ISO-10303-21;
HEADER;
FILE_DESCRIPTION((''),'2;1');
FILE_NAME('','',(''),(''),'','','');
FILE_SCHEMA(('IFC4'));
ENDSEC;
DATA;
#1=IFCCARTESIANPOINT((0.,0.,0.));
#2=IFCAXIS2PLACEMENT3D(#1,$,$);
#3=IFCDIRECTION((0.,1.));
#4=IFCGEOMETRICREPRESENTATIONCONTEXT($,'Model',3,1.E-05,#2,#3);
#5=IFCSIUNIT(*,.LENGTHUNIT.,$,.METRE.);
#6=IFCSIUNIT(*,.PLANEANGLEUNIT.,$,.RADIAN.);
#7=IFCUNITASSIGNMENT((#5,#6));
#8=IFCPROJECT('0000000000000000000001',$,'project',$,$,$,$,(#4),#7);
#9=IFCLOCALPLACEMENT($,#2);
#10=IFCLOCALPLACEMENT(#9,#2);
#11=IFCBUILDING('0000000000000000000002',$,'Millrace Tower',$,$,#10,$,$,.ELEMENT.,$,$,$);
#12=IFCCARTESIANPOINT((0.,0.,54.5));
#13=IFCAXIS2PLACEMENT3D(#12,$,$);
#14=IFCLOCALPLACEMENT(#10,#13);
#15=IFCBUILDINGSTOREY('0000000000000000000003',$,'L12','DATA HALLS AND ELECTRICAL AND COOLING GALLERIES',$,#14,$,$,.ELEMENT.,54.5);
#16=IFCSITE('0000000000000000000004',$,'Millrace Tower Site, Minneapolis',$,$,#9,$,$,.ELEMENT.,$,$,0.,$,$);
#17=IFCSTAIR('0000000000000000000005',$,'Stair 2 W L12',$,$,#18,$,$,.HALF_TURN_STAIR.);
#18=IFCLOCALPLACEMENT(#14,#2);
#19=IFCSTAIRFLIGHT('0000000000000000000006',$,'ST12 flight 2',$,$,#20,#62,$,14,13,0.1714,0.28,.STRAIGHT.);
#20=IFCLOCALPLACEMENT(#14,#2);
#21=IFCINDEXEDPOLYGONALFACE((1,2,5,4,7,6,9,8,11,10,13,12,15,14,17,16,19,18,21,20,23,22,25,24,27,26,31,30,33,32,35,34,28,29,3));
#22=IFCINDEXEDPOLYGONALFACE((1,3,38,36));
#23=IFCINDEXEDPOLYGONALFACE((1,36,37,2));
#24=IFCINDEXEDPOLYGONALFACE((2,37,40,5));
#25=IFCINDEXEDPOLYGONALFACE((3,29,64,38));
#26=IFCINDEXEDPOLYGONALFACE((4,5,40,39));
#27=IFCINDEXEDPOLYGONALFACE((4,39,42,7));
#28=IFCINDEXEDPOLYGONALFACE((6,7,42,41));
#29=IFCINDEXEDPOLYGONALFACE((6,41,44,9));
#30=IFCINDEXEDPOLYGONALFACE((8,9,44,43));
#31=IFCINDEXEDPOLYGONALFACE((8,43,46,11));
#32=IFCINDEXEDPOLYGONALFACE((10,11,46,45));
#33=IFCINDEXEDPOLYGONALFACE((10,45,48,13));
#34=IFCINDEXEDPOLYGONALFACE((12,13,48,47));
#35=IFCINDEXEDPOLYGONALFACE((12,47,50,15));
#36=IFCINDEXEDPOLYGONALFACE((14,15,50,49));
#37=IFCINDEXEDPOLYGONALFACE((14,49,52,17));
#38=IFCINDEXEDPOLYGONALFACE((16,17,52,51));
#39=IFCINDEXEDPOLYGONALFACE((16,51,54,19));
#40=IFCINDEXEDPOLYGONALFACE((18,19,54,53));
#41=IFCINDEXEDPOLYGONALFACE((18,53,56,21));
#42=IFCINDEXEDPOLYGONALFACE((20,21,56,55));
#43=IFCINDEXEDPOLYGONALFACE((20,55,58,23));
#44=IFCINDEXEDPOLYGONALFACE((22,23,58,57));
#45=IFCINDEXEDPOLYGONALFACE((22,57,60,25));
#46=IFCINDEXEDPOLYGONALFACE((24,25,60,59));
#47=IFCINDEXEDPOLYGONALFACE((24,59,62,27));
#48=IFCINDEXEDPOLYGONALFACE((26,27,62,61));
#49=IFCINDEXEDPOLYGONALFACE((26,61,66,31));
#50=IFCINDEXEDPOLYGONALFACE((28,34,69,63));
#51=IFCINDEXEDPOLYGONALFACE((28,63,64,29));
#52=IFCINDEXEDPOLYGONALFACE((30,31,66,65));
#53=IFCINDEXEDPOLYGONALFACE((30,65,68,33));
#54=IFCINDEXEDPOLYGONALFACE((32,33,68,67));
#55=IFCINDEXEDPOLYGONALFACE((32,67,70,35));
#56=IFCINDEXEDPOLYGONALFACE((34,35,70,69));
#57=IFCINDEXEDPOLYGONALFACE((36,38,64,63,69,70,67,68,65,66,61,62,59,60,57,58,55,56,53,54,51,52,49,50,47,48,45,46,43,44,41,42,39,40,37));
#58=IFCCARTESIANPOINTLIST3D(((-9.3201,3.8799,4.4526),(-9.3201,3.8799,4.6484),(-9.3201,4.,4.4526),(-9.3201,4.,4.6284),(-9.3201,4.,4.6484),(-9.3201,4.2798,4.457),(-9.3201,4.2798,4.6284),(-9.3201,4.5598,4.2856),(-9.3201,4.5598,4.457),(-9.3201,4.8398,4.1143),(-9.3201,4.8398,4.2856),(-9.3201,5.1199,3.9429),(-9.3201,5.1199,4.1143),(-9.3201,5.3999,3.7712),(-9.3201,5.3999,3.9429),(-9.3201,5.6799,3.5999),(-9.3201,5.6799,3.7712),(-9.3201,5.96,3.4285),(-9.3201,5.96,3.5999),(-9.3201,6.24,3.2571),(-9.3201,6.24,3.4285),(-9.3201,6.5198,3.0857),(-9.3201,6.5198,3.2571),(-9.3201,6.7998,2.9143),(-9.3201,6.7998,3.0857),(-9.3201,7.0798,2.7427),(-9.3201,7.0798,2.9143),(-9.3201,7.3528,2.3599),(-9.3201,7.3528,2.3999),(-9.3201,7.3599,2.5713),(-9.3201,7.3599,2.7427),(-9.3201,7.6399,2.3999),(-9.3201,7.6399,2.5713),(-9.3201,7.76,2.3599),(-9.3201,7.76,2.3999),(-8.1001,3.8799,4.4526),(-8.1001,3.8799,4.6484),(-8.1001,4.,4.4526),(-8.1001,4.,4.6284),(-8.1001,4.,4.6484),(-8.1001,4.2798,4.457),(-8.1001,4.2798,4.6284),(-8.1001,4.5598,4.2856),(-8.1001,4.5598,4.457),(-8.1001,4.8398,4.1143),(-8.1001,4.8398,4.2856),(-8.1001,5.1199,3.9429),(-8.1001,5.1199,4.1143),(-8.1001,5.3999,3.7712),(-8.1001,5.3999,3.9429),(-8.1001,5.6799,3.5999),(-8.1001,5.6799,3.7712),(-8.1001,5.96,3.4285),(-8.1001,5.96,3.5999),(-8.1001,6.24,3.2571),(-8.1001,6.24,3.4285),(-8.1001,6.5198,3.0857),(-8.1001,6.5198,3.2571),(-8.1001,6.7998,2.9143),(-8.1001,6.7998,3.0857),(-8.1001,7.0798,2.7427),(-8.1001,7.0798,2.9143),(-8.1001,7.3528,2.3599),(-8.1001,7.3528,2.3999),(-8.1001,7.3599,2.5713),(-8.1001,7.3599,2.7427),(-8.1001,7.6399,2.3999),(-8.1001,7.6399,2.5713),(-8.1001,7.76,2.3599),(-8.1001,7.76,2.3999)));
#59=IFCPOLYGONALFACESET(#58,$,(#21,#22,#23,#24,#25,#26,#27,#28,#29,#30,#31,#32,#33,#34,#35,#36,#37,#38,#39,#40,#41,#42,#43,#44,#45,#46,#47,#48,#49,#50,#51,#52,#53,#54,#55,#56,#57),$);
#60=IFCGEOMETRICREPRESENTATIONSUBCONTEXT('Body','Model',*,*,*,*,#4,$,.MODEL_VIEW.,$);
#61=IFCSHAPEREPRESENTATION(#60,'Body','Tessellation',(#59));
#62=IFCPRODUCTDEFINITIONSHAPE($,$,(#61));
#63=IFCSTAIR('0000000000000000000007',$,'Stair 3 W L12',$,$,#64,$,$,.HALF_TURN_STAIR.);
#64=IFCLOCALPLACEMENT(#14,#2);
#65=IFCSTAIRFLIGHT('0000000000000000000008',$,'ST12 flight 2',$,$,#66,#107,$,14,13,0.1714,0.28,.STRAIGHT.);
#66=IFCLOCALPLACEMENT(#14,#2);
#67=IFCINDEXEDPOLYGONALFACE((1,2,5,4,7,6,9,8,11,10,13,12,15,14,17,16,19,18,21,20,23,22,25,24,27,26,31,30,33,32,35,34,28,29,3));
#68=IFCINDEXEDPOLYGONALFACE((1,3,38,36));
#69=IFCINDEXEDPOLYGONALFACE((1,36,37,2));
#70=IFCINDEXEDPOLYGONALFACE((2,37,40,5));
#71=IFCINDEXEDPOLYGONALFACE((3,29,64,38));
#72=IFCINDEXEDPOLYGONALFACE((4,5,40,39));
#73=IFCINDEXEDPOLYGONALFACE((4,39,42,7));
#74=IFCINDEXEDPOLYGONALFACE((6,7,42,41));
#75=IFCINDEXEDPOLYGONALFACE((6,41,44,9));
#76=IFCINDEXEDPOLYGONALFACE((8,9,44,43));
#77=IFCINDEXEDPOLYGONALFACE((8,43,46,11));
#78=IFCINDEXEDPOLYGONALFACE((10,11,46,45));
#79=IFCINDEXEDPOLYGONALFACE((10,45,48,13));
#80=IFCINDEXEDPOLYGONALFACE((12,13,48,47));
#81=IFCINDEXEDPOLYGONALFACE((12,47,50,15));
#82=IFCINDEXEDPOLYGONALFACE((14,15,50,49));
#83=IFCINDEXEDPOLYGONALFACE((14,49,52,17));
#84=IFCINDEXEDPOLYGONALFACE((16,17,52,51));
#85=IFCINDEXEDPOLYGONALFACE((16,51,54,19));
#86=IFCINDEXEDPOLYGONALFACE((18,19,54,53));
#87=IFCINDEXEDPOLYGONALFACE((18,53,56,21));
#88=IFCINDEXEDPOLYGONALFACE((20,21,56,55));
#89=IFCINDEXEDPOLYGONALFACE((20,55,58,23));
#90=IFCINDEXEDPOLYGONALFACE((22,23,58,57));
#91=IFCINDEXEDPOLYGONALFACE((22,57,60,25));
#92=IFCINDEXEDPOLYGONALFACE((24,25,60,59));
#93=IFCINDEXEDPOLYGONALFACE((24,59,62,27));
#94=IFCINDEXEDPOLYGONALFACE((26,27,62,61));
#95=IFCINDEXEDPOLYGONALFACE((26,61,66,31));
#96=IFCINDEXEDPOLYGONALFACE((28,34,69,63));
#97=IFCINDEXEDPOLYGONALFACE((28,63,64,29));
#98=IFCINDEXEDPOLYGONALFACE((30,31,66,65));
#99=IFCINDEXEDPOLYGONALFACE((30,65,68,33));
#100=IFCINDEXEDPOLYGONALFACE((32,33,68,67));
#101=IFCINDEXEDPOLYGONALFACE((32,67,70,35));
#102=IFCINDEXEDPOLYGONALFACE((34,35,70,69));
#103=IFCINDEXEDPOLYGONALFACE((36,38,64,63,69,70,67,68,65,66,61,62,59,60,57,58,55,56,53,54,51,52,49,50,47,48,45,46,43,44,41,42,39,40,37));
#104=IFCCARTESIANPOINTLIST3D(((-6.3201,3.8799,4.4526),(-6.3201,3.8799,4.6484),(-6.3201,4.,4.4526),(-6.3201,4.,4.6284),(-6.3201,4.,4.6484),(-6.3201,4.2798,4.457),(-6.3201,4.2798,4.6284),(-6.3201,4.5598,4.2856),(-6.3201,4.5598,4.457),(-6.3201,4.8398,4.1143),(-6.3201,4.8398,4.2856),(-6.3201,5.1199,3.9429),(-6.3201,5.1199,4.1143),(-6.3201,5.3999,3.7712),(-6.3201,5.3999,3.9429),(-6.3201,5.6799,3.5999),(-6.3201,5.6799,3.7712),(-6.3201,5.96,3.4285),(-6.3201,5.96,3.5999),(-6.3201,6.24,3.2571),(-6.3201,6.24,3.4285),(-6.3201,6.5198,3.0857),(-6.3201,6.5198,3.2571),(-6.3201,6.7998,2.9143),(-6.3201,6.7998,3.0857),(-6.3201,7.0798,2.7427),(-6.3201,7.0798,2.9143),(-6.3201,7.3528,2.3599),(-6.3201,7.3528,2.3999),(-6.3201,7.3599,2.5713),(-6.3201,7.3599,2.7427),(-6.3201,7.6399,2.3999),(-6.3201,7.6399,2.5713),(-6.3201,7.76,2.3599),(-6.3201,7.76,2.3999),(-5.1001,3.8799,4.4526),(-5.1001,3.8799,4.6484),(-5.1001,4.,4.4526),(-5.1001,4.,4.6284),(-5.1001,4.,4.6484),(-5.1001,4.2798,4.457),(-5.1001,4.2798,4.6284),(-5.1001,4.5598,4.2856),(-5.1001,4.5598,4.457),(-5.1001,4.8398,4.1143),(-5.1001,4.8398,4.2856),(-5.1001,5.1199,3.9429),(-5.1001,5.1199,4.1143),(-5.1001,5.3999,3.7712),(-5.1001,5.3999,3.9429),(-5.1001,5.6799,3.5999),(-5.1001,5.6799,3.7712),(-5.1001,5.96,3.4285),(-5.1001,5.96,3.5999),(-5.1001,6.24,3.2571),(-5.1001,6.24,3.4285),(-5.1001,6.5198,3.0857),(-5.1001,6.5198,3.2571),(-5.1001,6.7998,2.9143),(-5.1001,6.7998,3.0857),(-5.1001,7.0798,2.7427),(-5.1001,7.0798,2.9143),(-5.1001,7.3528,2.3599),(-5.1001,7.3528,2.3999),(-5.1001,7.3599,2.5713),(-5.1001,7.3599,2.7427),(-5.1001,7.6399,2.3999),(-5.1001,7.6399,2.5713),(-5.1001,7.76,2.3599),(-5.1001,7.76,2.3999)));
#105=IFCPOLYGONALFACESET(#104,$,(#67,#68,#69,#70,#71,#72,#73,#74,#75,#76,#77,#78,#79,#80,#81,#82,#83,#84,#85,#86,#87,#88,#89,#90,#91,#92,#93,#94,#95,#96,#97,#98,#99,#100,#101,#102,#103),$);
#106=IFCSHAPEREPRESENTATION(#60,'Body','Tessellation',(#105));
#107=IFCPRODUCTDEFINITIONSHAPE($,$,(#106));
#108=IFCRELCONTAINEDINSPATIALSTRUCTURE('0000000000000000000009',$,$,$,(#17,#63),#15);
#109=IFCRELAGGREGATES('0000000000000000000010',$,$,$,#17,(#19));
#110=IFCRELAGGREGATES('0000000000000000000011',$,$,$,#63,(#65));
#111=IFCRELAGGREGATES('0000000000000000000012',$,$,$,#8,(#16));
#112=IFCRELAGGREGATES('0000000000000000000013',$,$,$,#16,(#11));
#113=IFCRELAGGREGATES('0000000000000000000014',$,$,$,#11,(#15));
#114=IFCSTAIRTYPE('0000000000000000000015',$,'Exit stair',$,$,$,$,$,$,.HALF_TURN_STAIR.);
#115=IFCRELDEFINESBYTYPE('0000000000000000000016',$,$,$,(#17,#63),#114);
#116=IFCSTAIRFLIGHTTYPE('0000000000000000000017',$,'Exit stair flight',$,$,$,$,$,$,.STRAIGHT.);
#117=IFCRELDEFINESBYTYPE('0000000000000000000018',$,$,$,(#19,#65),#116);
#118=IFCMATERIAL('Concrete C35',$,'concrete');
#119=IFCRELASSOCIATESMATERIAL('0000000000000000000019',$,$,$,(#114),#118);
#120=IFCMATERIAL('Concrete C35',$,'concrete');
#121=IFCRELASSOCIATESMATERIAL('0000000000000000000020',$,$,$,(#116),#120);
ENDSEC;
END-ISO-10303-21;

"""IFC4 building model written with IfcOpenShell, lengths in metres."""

from ifc_helpers import new_model, si_unit, direction, frame, origin, place, context, subcontext, project, spatial, polyline, outline, extrude, material, type_object, element, aggregate, save


model = new_model("IFC4")

# Units and contexts
model_context = context("Model", 3, precision=1e-05, world=origin(), true_north=direction((0.0, 1.0)))
body_context = subcontext(model_context, "Body", "Model", "MODEL_VIEW")
ifc_project = project(units=[si_unit("LENGTHUNIT", "METRE"), si_unit("PLANEANGLEUNIT", "RADIAN")], contexts=[model_context])

# Site, building, storey
site_placement = place(None, origin())
site = spatial("IfcSite", under=ifc_project, at=site_placement, Name="Millrace Tower Site, Minneapolis", CompositionType="ELEMENT", RefElevation=0.0)
building_placement = place(site_placement, origin())
building = spatial("IfcBuilding", under=site, at=building_placement, Name="Millrace Tower", CompositionType="ELEMENT")
storey_placement = place(building_placement, frame((0.0, 0.0, 54.5)))
storey = spatial("IfcBuildingStorey", under=building, at=storey_placement, Name="L12", Description="DATA HALLS AND ELECTRICAL AND COOLING GALLERIES", CompositionType="ELEMENT", Elevation=54.5)

# Shared definitions
placement = place(storey_placement, origin())

# Stairs, stair flights
ifc_material_1 = material(Name="Concrete C35", Category="concrete")
stair_type = type_object("IfcStairType", Name="Exit stair", PredefinedType="HALF_TURN_STAIR", material=ifc_material_1)
ifc_material_2 = material(Name="Concrete C35", Category="concrete")
stair_flight_type = type_object("IfcStairFlightType", Name="Exit stair flight", PredefinedType="STRAIGHT", material=ifc_material_2)
stair_1 = element("IfcStair", 1, at=placement, inside=storey, type_object=stair_type, Name="Stair 2 W L12", PredefinedType="HALF_TURN_STAIR")
stair_flight_1_placement = place(storey_placement, frame((-8.71, 7.6399, 2.3999), z_axis=(0.0, 0.0, 1.0), x_axis=(0.0, -1.0, 0.0)))
stair_flight_1 = element("IfcStairFlight", 2, at=stair_flight_1_placement, type_object=stair_flight_type, Name="ST12 flight 2", NumberOfRisers=14, NumberOfTreads=13, PredefinedType="STRAIGHT", RiserHeight=0.1714, TreadLength=0.28, context=body_context, shape_type="SweptSolid", body=[
    extrude(outline(polyline([(-0.1201, -0.04), (-0.1201, 0.0), (0.0, 0.0), (0.0, 0.1714), (0.28, 0.1714), (0.28, 0.3428), (0.5601, 0.3428), (0.5601, 0.5144), (0.8401, 0.5144), (0.8401, 0.6858), (1.1201, 0.6858), (1.1201, 0.8572), (1.3999, 0.8572), (1.3999, 1.0286), (1.6799, 1.0286), (1.6799, 1.2), (1.96, 1.2), (1.96, 1.3713), (2.24, 1.3713), (2.24, 1.543), (2.52, 1.543), (2.52, 1.7144), (2.8, 1.7144), (2.8, 1.8857), (3.0801, 1.8857), (3.0801, 2.0571), (3.3601, 2.0571), (3.3601, 2.2285), (3.6399, 2.2285), (3.6399, 2.2485), (3.76, 2.2485), (3.76, 2.0527), (3.6399, 2.0527), (0.2871, 0.0), (0.2871, -0.04), (-0.1201, -0.04)])), frame((0.0, 0.6099, 0.0), z_axis=(0.0, -1.0, 0.0), x_axis=(1.0, 0.0, 0.0)), (0.0, 0.0, 1.0), 1.22),
])
aggregate(stair_1, [stair_flight_1])
stair_2 = element("IfcStair", 3, at=placement, inside=storey, type_object=stair_type, Name="Stair 3 W L12", PredefinedType="HALF_TURN_STAIR")
stair_flight_2_placement = place(storey_placement, frame((-5.71, 7.6399, 2.3999), z_axis=(0.0, 0.0, 1.0), x_axis=(0.0, -1.0, 0.0)))
stair_flight_2 = element("IfcStairFlight", 4, at=stair_flight_2_placement, type_object=stair_flight_type, Name="ST12 flight 2", NumberOfRisers=14, NumberOfTreads=13, PredefinedType="STRAIGHT", RiserHeight=0.1714, TreadLength=0.28, context=body_context, shape_type="SweptSolid", body=[
    extrude(outline(polyline([(-0.1201, -0.04), (-0.1201, 0.0), (0.0, 0.0), (0.0, 0.1714), (0.28, 0.1714), (0.28, 0.3428), (0.5601, 0.3428), (0.5601, 0.5144), (0.8401, 0.5144), (0.8401, 0.6858), (1.1201, 0.6858), (1.1201, 0.8572), (1.3999, 0.8572), (1.3999, 1.0286), (1.6799, 1.0286), (1.6799, 1.2), (1.96, 1.2), (1.96, 1.3713), (2.24, 1.3713), (2.24, 1.543), (2.52, 1.543), (2.52, 1.7144), (2.8, 1.7144), (2.8, 1.8857), (3.0801, 1.8857), (3.0801, 2.0571), (3.3601, 2.0571), (3.3601, 2.2285), (3.6399, 2.2285), (3.6399, 2.2485), (3.76, 2.2485), (3.76, 2.0527), (3.6399, 2.0527), (0.2871, 0.0), (0.2871, -0.04), (-0.1201, -0.04)])), frame((0.0, 0.6099, 0.0), z_axis=(0.0, -1.0, 0.0), x_axis=(1.0, 0.0, 0.0)), (0.0, 0.0, 1.0), 1.22),
])
aggregate(stair_2, [stair_flight_2])

save(model, "model.ifc")
